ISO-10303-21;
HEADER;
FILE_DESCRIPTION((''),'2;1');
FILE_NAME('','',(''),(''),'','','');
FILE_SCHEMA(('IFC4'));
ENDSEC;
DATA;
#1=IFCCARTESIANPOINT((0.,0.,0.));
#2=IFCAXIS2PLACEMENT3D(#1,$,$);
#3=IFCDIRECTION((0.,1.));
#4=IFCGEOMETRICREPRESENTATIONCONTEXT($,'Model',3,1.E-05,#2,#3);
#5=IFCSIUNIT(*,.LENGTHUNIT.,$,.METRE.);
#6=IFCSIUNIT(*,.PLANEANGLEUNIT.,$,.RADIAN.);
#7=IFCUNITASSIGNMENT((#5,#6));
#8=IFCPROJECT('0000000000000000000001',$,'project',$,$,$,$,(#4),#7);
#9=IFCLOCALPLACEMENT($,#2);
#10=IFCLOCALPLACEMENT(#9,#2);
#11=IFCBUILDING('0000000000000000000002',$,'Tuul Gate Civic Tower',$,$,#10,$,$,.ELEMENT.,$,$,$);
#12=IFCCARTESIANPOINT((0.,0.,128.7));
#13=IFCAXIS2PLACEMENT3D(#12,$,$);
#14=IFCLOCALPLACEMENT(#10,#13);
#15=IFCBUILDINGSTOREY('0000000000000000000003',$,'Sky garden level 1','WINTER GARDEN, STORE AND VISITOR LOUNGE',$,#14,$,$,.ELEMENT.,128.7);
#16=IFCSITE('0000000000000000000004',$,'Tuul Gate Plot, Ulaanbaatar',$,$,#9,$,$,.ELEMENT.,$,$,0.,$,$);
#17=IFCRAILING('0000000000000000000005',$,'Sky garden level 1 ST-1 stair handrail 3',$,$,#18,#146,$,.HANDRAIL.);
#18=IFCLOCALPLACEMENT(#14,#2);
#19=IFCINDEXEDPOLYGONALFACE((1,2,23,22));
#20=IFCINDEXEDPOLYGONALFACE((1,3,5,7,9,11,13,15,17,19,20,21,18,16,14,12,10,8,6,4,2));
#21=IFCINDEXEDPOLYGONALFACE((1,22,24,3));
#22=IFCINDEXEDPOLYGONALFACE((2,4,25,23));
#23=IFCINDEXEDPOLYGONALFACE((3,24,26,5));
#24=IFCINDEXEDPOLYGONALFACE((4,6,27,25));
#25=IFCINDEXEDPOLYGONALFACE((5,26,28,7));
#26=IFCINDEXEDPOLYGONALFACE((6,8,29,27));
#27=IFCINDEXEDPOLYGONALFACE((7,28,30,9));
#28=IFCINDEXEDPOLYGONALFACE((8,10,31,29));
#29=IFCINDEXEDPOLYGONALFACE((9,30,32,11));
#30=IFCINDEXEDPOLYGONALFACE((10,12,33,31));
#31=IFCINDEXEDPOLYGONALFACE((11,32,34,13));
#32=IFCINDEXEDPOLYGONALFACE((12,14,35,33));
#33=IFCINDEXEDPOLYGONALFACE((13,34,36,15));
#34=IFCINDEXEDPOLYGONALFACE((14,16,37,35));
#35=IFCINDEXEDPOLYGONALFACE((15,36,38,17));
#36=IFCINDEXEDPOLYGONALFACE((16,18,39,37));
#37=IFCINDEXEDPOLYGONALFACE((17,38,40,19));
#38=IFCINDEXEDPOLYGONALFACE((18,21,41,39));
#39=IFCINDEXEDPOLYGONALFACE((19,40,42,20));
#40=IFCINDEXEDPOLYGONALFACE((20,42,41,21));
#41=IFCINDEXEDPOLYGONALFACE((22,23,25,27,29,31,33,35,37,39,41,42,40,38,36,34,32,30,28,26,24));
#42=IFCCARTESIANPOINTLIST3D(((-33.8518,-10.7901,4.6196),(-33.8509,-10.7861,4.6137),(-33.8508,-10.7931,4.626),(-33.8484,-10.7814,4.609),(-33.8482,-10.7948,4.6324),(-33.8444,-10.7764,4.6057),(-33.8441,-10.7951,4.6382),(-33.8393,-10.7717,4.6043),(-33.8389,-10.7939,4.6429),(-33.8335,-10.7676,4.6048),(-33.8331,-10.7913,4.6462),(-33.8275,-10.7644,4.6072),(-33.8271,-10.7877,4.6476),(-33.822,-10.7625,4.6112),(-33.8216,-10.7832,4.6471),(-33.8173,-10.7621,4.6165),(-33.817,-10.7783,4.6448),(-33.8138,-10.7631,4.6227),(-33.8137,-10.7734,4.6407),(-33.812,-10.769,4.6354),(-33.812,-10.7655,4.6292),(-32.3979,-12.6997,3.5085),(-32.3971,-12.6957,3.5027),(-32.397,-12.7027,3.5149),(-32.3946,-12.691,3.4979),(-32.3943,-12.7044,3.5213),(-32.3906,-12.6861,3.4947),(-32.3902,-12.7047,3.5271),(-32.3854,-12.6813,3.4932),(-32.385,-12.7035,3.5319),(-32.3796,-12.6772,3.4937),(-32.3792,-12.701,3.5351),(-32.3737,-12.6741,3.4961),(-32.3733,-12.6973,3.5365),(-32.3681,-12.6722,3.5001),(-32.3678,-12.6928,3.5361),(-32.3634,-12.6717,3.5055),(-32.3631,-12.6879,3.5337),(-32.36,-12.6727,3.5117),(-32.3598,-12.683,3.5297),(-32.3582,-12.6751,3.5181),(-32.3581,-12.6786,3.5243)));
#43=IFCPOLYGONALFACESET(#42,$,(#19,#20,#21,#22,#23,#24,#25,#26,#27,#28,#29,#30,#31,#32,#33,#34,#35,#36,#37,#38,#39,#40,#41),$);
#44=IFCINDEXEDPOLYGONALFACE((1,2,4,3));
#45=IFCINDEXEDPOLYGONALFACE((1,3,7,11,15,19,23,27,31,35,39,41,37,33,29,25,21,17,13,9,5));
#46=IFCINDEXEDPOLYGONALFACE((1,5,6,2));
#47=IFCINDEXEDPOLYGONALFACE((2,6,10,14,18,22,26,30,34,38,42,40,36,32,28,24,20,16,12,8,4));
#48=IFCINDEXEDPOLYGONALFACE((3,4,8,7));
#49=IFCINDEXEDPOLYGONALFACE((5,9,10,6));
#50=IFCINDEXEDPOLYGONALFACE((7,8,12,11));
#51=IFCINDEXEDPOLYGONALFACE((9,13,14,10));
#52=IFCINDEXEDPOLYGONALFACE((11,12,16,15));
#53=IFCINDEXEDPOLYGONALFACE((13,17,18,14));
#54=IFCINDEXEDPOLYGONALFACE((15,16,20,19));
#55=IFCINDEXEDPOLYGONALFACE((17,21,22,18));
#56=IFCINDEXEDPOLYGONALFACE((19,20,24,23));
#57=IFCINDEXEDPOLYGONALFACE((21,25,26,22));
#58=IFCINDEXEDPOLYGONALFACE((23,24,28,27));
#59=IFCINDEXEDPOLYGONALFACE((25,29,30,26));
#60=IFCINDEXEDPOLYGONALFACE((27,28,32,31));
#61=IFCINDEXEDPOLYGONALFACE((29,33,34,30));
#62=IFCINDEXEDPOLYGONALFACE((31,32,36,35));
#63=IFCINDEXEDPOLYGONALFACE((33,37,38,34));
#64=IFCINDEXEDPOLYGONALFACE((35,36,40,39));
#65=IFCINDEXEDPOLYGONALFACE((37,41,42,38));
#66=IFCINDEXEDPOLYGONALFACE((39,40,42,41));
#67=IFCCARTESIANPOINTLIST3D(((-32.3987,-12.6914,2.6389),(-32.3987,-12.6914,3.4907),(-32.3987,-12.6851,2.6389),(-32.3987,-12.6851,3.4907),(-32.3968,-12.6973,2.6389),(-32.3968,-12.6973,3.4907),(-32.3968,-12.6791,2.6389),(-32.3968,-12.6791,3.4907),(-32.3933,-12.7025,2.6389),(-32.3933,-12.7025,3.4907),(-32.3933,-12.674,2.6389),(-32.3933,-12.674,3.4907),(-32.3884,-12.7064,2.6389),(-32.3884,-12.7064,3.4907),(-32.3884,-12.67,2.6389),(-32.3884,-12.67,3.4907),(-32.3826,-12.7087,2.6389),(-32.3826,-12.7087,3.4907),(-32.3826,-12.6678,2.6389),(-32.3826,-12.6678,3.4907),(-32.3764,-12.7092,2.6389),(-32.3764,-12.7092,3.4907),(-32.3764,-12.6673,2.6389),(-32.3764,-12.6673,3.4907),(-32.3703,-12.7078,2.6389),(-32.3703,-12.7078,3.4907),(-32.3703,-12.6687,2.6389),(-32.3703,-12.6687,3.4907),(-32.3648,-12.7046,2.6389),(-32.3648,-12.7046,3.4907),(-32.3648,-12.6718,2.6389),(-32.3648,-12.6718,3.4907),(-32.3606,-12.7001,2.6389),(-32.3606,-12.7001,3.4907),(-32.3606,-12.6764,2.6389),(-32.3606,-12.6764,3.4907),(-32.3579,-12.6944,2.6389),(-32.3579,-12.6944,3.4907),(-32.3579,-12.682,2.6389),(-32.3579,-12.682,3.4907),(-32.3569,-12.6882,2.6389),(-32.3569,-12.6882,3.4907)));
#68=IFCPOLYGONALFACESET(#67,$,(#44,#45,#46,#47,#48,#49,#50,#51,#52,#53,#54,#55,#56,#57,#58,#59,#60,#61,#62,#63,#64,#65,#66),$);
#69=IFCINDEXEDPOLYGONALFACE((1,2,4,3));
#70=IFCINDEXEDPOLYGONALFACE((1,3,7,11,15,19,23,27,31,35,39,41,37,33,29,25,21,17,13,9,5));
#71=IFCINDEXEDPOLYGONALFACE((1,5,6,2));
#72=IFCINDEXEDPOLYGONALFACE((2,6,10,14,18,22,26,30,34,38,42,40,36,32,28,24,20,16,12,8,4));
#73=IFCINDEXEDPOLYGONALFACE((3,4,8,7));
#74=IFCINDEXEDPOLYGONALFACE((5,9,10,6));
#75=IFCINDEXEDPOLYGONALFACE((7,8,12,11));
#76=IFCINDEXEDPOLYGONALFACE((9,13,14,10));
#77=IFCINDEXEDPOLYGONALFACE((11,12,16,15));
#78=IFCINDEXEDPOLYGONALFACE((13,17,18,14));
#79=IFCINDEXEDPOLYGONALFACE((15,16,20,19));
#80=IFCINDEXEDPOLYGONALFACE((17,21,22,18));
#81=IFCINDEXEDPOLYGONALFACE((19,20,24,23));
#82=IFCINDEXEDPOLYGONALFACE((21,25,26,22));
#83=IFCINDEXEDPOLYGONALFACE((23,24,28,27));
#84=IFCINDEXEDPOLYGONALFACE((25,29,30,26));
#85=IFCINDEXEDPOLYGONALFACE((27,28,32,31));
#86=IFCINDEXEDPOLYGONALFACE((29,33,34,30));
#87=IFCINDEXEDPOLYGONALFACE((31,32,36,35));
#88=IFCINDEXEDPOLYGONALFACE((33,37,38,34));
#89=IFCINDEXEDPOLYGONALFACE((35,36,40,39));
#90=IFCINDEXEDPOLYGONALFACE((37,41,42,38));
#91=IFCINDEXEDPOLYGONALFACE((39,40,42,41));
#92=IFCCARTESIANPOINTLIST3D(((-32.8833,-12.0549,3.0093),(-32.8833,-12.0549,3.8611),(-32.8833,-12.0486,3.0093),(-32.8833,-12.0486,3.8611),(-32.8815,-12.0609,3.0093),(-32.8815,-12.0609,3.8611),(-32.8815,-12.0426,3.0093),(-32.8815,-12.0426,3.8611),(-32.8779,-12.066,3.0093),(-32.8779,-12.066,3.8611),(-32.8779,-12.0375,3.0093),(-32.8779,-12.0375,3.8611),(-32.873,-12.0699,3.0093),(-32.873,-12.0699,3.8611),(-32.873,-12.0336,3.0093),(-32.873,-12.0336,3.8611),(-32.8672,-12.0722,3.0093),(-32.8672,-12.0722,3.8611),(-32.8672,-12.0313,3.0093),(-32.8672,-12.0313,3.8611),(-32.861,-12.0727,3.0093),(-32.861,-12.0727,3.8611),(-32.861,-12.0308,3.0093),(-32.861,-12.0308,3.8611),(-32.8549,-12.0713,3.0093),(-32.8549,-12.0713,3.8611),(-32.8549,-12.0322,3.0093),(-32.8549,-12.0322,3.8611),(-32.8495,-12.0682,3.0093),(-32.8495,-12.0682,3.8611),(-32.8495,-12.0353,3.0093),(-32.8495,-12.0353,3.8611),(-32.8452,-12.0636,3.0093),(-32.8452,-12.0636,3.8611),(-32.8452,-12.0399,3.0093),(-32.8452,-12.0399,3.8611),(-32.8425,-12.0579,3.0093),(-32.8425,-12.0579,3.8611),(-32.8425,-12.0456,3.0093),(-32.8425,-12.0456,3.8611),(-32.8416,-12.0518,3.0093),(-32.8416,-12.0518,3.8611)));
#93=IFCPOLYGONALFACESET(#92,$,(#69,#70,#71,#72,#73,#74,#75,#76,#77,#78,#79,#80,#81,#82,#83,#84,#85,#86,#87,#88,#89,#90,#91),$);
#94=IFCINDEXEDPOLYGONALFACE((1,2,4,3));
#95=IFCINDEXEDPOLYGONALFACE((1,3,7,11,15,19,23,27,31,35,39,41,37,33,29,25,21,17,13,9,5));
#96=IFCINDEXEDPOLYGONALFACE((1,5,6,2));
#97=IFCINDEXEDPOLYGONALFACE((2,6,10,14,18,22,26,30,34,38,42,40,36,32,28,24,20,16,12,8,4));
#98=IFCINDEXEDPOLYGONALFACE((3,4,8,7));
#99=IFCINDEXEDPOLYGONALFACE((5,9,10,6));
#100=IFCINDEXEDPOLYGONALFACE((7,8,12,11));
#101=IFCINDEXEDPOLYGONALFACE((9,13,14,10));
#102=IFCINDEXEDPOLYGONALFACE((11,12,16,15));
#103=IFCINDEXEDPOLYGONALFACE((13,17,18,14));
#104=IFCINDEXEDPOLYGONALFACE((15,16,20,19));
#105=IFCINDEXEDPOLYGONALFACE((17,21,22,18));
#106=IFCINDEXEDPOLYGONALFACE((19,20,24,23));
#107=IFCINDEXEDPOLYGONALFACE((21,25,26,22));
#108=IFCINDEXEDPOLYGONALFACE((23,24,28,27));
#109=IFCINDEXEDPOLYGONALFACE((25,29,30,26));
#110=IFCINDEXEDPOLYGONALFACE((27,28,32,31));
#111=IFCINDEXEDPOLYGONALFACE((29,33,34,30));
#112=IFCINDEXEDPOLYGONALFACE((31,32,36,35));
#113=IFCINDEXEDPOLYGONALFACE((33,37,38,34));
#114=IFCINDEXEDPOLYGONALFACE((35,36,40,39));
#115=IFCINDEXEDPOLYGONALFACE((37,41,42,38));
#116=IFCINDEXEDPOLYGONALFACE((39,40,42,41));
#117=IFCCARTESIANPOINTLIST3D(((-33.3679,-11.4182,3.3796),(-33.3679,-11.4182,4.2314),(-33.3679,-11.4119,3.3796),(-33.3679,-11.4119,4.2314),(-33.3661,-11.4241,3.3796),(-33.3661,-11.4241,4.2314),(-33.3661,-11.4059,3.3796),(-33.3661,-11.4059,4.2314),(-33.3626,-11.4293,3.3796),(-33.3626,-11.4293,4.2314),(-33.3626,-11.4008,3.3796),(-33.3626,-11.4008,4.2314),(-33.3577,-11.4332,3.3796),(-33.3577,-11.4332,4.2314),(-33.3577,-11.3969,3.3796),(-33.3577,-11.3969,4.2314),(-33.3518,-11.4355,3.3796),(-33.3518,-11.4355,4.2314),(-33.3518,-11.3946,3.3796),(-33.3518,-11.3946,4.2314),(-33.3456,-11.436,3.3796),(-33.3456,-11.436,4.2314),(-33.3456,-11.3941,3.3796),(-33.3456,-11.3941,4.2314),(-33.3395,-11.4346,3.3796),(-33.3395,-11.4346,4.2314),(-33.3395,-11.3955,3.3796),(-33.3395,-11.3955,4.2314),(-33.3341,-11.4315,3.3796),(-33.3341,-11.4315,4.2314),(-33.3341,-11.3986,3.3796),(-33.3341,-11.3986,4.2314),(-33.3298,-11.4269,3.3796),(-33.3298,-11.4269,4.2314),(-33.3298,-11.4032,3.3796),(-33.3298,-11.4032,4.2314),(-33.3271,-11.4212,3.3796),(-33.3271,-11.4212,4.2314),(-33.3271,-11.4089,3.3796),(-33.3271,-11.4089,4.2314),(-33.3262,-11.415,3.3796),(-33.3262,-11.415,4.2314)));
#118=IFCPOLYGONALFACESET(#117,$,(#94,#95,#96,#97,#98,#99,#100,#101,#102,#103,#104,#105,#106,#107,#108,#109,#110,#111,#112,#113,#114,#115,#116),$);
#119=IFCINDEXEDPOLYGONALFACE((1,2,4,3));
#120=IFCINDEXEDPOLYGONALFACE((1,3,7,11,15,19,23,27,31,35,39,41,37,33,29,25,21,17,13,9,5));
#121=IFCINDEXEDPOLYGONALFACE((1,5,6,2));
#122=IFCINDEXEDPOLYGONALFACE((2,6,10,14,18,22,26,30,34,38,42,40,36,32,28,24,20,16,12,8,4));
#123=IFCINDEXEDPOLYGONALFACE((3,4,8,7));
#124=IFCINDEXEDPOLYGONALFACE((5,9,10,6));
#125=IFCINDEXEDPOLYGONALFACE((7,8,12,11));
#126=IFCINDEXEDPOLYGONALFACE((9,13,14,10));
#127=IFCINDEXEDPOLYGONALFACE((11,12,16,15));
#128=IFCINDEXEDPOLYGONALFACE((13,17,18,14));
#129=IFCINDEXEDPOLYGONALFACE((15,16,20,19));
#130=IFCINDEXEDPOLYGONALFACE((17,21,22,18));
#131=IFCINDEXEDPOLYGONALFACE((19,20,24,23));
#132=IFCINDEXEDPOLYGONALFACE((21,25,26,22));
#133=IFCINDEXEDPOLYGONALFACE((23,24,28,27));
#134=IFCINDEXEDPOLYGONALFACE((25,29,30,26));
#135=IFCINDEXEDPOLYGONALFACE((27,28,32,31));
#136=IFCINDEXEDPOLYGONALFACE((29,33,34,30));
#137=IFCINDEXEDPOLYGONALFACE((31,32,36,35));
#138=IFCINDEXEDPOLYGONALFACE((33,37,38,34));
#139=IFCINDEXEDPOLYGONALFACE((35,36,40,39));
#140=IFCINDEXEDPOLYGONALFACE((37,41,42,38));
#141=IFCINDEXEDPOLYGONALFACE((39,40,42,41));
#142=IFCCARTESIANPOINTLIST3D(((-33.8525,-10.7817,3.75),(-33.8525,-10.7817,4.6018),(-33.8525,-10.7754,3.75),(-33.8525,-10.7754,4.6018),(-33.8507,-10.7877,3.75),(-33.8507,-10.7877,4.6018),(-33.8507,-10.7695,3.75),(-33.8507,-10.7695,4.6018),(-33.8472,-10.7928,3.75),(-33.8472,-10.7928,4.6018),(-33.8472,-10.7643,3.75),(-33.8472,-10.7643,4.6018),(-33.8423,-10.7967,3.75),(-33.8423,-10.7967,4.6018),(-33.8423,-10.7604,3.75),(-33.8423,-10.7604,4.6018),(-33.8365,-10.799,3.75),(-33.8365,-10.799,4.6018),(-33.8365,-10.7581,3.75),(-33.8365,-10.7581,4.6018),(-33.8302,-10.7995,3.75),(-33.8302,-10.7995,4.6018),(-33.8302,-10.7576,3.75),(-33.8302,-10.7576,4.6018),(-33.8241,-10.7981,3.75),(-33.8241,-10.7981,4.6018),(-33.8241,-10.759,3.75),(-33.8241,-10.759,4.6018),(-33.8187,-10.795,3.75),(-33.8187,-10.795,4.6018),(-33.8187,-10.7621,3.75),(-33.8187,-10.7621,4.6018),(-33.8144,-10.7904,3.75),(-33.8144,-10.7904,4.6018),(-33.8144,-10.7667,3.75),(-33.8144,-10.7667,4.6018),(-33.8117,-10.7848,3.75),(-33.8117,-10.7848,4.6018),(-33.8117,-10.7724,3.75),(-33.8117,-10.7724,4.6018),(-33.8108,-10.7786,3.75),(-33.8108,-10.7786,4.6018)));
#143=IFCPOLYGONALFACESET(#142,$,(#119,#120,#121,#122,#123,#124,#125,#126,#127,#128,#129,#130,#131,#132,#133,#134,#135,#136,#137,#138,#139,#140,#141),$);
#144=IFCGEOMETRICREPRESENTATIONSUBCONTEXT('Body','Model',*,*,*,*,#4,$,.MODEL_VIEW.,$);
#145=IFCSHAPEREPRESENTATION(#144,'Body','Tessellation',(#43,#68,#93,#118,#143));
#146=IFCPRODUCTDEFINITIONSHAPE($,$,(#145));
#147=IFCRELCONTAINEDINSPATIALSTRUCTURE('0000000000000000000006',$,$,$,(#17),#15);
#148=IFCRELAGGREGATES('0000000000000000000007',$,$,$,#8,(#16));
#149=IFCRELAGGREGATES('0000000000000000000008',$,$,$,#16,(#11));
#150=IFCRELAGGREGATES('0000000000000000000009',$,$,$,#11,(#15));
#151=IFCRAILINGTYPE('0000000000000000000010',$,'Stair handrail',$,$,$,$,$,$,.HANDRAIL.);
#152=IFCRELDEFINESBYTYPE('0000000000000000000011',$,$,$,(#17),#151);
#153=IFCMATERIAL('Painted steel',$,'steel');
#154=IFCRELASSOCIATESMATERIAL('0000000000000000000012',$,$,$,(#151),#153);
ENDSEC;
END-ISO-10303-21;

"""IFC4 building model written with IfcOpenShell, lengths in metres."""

from ifc_helpers import new_model, si_unit, direction, frame, origin, origin_2d, place, context, subcontext, project, spatial, circle, extrude, material, type_object, element, save


model = new_model("IFC4")

# Units and contexts
model_context = context("Model", 3, precision=1e-05, world=origin(), true_north=direction((0.0, 1.0)))
body_context = subcontext(model_context, "Body", "Model", "MODEL_VIEW")
ifc_project = project(units=[si_unit("LENGTHUNIT", "METRE"), si_unit("PLANEANGLEUNIT", "RADIAN")], contexts=[model_context])

# Site, building, storey
site_placement = place(None, origin())
site = spatial("IfcSite", under=ifc_project, at=site_placement, Name="Tuul Gate Plot, Ulaanbaatar", CompositionType="ELEMENT", RefElevation=0.0)
building_placement = place(site_placement, origin())
building = spatial("IfcBuilding", under=site, at=building_placement, Name="Tuul Gate Civic Tower", CompositionType="ELEMENT")
storey_placement = place(building_placement, frame((0.0, 0.0, 128.7)))
storey = spatial("IfcBuildingStorey", under=building, at=storey_placement, Name="Sky garden level 1", Description="WINTER GARDEN, STORE AND VISITOR LOUNGE", CompositionType="ELEMENT", Elevation=128.7)

# Railing
ifc_material_1 = material(Name="Painted steel", Category="steel")
railing_type_1 = type_object("IfcRailingType", Name="Stair handrail", PredefinedType="HANDRAIL", material=ifc_material_1)
for number, where, name in (
    (1, (-32.3779, -12.6882, 2.6389), "Sky garden level 1 ST-1 stair handrail 3"),
):
    element("IfcRailing", number, at=place(storey_placement, frame(where)), inside=storey, type_object=railing_type_1, Name=name, PredefinedType="HANDRAIL", context=body_context, shape_type="SweptSolid", body=[
        extrude(circle(Radius=0.0239, at=origin_2d()), frame((0.0, 0.0, 0.876), z_axis=(-0.549701, 0.722042, 0.420099), x_axis=(-0.795658, -0.605746, 0.0)), (0.0, 0.0, 1.0), 2.6448),
        extrude(circle(Radius=0.021, at=origin_2d()), origin(), (0.0, 0.0, 1.0), 0.8518),
        extrude(circle(Radius=0.021, at=origin_2d()), frame((-0.4846, 0.6365, 0.3704)), (0.0, 0.0, 1.0), 0.8518),
        extrude(circle(Radius=0.021, at=origin_2d()), frame((-0.9692, 1.2732, 0.7407)), (0.0, 0.0, 1.0), 0.8518),
        extrude(circle(Radius=0.021, at=origin_2d()), frame((-1.4539, 1.9097, 1.1111)), (0.0, 0.0, 1.0), 0.8518),
    ])

save(model, "model.ifc")
